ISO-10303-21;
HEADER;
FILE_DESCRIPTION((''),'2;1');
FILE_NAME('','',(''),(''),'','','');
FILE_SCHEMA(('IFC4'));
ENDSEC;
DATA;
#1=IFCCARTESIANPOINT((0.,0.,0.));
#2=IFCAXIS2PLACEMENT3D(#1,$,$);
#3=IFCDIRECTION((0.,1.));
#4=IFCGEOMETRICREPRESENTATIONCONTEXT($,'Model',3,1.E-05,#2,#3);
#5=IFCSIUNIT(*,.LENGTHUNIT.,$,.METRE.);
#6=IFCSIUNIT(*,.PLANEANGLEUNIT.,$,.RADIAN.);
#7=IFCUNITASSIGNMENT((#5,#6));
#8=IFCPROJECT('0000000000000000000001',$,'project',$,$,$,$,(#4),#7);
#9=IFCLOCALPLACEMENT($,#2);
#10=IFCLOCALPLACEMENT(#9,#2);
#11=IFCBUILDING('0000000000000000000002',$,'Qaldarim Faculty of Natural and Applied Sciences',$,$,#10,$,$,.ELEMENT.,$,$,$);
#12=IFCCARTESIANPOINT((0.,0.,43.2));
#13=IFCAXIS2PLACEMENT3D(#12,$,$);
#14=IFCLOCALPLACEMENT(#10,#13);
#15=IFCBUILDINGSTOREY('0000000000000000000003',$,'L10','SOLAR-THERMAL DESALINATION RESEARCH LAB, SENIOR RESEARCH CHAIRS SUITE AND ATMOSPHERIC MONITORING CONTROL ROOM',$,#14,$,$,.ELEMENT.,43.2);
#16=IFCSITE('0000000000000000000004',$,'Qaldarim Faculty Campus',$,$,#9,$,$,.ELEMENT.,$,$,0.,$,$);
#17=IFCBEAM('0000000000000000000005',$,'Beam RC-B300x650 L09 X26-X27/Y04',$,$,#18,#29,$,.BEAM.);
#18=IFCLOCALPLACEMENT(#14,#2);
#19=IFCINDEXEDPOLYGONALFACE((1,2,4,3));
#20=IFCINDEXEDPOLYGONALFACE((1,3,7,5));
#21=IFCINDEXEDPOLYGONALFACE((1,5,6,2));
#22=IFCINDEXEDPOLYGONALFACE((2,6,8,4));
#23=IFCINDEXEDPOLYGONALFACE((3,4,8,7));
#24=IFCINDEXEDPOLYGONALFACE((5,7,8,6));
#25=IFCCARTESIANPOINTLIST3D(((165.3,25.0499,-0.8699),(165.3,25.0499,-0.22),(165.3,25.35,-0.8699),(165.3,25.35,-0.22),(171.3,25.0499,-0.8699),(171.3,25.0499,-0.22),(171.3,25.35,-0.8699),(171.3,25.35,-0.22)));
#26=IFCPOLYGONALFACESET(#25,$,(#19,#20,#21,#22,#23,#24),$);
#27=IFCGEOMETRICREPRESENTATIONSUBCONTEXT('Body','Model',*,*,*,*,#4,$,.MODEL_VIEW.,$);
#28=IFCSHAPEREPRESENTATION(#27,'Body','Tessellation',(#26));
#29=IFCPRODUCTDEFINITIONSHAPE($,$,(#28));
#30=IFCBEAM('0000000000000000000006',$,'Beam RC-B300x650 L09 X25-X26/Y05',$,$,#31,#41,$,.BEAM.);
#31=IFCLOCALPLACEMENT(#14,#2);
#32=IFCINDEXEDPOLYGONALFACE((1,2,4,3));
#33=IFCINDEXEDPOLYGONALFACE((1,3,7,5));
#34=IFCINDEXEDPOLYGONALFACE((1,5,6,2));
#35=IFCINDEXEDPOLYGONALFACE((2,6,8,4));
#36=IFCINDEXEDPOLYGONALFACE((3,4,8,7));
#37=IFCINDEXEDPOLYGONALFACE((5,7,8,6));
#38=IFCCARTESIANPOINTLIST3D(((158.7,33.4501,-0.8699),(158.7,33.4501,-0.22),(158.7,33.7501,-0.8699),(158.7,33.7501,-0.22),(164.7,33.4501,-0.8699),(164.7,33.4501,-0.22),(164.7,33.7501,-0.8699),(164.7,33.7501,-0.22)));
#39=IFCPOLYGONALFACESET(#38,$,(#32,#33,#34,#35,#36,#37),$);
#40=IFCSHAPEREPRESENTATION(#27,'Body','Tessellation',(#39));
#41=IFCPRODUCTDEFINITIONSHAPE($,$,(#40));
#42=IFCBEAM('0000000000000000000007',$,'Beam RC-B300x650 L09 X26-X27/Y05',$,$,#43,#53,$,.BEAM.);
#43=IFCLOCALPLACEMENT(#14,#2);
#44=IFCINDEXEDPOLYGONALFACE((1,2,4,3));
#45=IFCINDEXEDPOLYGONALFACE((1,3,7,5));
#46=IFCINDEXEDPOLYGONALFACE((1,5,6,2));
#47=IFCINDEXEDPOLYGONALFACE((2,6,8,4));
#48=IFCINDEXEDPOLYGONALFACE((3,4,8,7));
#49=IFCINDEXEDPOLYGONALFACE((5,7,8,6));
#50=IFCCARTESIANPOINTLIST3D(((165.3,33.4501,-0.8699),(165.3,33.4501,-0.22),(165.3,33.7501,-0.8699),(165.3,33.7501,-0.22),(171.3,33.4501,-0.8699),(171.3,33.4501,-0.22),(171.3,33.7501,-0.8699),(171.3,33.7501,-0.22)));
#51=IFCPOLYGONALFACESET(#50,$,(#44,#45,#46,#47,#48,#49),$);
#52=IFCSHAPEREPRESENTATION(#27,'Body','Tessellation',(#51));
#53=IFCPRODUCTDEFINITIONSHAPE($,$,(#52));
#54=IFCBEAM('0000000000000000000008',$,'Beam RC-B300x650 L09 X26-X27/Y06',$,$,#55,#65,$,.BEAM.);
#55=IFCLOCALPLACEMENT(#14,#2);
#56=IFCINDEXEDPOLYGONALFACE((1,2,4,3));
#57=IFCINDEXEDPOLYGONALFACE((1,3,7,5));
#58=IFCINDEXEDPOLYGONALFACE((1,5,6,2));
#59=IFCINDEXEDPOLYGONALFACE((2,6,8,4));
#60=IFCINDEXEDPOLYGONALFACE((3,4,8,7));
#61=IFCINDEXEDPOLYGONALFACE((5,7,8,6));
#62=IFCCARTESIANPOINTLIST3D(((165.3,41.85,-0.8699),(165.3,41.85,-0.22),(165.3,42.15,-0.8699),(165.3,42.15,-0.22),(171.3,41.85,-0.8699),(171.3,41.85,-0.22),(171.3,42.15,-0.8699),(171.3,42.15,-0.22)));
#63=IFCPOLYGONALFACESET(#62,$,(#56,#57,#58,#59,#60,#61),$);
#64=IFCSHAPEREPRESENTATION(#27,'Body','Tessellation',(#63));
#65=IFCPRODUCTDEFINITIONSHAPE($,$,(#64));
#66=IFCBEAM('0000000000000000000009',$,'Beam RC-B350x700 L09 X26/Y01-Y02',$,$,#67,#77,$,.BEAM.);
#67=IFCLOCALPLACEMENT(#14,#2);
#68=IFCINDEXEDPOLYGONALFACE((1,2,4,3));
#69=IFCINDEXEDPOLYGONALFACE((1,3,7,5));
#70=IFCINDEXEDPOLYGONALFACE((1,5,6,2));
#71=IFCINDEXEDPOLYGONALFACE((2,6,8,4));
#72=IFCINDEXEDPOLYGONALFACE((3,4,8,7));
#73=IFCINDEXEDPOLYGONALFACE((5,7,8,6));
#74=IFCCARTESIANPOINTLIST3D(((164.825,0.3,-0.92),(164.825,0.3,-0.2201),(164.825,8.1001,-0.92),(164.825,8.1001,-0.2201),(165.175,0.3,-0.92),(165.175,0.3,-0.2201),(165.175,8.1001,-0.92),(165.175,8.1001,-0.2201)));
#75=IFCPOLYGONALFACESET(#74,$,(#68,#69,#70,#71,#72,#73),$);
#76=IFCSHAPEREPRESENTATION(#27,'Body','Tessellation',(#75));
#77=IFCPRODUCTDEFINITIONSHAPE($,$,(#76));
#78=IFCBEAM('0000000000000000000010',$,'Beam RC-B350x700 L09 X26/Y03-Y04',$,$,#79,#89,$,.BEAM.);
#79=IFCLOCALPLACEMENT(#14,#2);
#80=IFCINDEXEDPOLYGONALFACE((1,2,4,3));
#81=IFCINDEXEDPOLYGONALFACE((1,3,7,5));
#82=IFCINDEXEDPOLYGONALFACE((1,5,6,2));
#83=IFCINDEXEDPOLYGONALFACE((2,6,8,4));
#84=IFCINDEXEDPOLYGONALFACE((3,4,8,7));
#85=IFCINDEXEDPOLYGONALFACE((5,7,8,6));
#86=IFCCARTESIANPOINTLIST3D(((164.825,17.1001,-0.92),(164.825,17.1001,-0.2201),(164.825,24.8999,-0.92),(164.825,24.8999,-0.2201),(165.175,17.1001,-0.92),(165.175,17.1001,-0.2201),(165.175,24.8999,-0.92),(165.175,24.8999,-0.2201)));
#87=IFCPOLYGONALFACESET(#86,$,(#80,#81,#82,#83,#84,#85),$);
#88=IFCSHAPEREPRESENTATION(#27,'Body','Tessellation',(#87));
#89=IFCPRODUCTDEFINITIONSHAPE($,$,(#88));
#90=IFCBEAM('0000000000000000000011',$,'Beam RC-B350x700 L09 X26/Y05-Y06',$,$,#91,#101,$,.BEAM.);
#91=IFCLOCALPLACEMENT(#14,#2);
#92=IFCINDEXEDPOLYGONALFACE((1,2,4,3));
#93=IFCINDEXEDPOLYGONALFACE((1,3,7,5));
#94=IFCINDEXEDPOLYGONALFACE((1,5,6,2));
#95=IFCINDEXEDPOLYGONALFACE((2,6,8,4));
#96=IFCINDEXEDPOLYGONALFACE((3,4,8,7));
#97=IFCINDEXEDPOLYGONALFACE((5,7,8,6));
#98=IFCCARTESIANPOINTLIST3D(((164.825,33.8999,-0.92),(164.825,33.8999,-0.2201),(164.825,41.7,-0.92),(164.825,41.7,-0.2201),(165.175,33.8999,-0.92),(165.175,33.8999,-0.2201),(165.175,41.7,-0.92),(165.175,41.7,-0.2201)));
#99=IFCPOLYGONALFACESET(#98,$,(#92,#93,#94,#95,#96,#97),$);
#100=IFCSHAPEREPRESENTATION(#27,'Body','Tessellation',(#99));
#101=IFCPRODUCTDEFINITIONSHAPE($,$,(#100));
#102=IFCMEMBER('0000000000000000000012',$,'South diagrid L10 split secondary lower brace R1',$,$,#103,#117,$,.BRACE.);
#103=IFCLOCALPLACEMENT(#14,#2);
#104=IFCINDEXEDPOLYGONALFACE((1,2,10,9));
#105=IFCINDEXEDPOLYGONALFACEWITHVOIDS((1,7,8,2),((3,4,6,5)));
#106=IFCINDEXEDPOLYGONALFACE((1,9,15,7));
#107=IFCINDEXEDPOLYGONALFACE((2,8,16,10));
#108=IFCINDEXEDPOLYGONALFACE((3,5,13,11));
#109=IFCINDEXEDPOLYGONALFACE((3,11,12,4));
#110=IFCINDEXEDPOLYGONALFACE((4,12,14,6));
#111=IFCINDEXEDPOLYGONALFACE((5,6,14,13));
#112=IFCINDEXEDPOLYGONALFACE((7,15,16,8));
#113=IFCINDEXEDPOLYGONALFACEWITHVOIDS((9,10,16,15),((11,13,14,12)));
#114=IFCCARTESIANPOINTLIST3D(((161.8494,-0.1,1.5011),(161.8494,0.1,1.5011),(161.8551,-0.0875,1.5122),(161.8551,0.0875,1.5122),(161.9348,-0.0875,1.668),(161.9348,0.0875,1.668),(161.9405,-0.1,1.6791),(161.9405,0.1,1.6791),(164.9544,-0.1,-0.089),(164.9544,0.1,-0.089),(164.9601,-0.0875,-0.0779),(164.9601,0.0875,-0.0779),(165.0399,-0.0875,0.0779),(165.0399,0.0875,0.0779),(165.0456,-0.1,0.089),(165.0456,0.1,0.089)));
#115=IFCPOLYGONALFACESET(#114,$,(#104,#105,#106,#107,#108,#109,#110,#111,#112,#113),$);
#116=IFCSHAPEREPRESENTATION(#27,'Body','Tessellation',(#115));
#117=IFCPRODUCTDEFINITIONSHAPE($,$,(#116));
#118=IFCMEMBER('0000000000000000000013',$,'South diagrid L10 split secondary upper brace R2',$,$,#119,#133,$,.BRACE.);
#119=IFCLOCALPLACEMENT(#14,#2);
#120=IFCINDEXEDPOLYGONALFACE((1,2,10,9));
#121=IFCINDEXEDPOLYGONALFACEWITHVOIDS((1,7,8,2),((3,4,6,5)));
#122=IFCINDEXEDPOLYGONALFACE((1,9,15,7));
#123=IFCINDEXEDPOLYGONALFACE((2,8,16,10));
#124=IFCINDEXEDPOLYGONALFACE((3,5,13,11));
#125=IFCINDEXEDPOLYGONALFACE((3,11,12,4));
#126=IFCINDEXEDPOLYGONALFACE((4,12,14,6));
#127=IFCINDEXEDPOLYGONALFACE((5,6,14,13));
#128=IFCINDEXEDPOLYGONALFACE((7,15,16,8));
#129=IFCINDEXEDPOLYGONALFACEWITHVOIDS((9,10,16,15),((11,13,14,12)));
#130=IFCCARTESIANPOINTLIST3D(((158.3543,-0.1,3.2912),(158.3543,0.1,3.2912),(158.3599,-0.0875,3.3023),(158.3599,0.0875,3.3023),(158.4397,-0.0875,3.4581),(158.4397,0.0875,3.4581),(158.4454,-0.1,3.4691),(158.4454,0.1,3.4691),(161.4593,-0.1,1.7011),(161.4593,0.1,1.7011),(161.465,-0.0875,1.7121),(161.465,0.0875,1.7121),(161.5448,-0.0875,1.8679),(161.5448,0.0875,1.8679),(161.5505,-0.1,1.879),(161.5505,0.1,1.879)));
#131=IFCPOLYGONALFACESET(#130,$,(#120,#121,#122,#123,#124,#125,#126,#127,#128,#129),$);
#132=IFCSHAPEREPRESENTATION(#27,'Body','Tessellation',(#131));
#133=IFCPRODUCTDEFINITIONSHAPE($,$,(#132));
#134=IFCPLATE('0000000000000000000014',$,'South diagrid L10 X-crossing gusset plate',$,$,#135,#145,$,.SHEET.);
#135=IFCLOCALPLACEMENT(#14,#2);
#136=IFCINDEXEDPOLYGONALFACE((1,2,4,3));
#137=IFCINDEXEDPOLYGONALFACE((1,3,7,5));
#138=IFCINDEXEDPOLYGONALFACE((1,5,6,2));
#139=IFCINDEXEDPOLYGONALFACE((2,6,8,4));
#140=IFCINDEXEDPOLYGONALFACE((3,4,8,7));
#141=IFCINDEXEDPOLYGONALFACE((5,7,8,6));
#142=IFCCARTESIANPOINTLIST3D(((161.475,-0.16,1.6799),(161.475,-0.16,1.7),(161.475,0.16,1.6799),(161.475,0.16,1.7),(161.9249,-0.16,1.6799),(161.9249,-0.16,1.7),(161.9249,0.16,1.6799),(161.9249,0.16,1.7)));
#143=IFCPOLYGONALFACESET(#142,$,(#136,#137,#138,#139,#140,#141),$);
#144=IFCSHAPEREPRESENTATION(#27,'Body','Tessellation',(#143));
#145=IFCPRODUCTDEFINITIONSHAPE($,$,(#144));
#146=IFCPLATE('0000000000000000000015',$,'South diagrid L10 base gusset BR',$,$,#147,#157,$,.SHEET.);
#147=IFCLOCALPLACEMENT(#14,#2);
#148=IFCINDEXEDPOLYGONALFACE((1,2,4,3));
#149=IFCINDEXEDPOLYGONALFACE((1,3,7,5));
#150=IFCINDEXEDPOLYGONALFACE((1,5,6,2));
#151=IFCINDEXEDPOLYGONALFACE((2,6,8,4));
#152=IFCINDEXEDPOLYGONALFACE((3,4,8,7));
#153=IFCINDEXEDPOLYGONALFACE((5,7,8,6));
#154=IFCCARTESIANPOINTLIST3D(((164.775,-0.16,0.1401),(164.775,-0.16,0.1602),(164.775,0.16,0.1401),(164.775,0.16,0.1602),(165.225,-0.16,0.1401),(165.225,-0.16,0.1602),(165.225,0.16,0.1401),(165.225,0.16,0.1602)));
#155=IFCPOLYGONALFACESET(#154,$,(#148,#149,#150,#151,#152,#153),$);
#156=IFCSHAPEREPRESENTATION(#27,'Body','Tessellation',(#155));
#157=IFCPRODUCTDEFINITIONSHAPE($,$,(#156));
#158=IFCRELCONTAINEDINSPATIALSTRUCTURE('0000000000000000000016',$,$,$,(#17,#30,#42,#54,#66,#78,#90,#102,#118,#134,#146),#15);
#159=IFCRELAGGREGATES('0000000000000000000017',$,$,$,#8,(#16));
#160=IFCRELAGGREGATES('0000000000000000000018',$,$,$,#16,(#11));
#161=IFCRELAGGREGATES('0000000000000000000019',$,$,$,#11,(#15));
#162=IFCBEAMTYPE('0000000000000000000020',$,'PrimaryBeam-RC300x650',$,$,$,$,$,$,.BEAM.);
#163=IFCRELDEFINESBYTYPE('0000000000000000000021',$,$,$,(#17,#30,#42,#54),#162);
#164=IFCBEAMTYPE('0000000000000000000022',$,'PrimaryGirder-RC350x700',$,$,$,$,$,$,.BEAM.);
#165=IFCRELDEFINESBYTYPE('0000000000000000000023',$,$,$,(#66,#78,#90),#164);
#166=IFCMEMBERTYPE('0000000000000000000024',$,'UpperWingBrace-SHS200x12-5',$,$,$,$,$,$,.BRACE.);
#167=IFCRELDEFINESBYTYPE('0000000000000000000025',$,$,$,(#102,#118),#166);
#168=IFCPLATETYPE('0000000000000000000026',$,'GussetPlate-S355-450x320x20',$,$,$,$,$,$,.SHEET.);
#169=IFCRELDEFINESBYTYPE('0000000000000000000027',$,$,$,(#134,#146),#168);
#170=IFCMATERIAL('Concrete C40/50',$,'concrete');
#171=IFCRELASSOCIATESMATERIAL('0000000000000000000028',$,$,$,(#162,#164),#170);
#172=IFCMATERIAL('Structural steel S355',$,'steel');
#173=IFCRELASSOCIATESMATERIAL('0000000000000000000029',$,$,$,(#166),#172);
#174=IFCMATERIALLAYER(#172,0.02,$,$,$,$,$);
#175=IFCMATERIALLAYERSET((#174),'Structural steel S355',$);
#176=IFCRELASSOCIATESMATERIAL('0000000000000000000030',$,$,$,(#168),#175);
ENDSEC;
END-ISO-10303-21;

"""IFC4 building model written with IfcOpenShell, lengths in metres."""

from ifc_helpers import new_model, si_unit, direction, frame, origin, origin_2d, place, context, subcontext, project, spatial, rectangle, hollow_rectangle, extrude, material, layer, layer_set, material_profile, profile_set, type_object, element, save


model = new_model("IFC4")

# Units and contexts
model_context = context("Model", 3, precision=1e-05, world=origin(), true_north=direction((0.0, 1.0)))
body_context = subcontext(model_context, "Body", "Model", "MODEL_VIEW")
ifc_project = project(units=[si_unit("LENGTHUNIT", "METRE"), si_unit("PLANEANGLEUNIT", "RADIAN")], contexts=[model_context])

# Site, building, storey
site_placement = place(None, origin())
site = spatial("IfcSite", under=ifc_project, at=site_placement, Name="Qaldarim Faculty Campus", CompositionType="ELEMENT", RefElevation=0.0)
building_placement = place(site_placement, origin())
building = spatial("IfcBuilding", under=site, at=building_placement, Name="Qaldarim Faculty of Natural and Applied Sciences", CompositionType="ELEMENT")
storey_placement = place(building_placement, frame((0.0, 0.0, 43.2)))
storey = spatial("IfcBuildingStorey", under=building, at=storey_placement, Name="L10", Description="SOLAR-THERMAL DESALINATION RESEARCH LAB, SENIOR RESEARCH CHAIRS SUITE AND ATMOSPHERIC MONITORING CONTROL ROOM", CompositionType="ELEMENT", Elevation=43.2)

# Shared definitions
ifc_material_1 = material(Name="Concrete C40/50", Category="concrete")

# Beams
ifc_material_profile_1 = material_profile(ifc_material_1, rectangle(XDim=0.3, YDim=0.6499, at=origin_2d()), Name="RC-B300x650")
ifc_profile_set_1 = profile_set([ifc_material_profile_1], Name="Concrete C40/50")
beam_type_1 = type_object("IfcBeamType", Name="PrimaryBeam-RC300x650", PredefinedType="BEAM", material=ifc_profile_set_1)
for number, where, z_axis, x_axis, name in (
    (1, (165.3, 25.2, -0.5449), (1.0, 0.0, 0.0), (0.0, 1.0, 0.0), "Beam RC-B300x650 L09 X26-X27/Y04"),
    (2, (158.7, 33.6001, -0.5449), (1.0, 0.0, 0.0), (0.0, 1.0, 0.0), "Beam RC-B300x650 L09 X25-X26/Y05"),
    (3, (165.3, 33.6001, -0.5449), (1.0, 0.0, 0.0), (0.0, 1.0, 0.0), "Beam RC-B300x650 L09 X26-X27/Y05"),
    (4, (165.3, 42.0, -0.5449), (1.0, 0.0, 0.0), (0.0, 1.0, 0.0), "Beam RC-B300x650 L09 X26-X27/Y06"),
):
    element("IfcBeam", number, at=place(storey_placement, frame(where, z_axis=z_axis, x_axis=x_axis)), inside=storey, type_object=beam_type_1, Name=name, PredefinedType="BEAM", context=body_context, shape_type="SweptSolid", body=[
        extrude(rectangle(XDim=0.3, YDim=0.6499, at=origin_2d()), origin(), (0.0, 0.0, 1.0), 6.0),
    ])
ifc_material_profile_2 = material_profile(ifc_material_1, rectangle(XDim=0.3501, YDim=0.7, at=origin_2d()), Name="RC-B350x700")
ifc_profile_set_2 = profile_set([ifc_material_profile_2], Name="Concrete C40/50")
beam_type_2 = type_object("IfcBeamType", Name="PrimaryGirder-RC350x700", PredefinedType="BEAM", material=ifc_profile_set_2)
beam_1_placement = place(storey_placement, frame((165.0, 0.3, -0.5701), z_axis=(0.0, 1.0, 0.0), x_axis=(-1.0, 0.0, 0.0)))
element("IfcBeam", 5, at=beam_1_placement, inside=storey, type_object=beam_type_2, Name="Beam RC-B350x700 L09 X26/Y01-Y02", PredefinedType="BEAM", context=body_context, shape_type="SweptSolid", body=[
    extrude(rectangle(XDim=0.3501, YDim=0.7, at=origin_2d()), origin(), (0.0, 0.0, 1.0), 7.8),
])
beam_2_placement = place(storey_placement, frame((165.0, 17.1001, -0.5701), z_axis=(0.0, 1.0, 0.0), x_axis=(-1.0, 0.0, 0.0)))
element("IfcBeam", 6, at=beam_2_placement, inside=storey, type_object=beam_type_2, Name="Beam RC-B350x700 L09 X26/Y03-Y04", PredefinedType="BEAM", context=body_context, shape_type="SweptSolid", body=[
    extrude(rectangle(XDim=0.3501, YDim=0.7, at=origin_2d()), origin(), (0.0, 0.0, 1.0), 7.7998),
])
beam_3_placement = place(storey_placement, frame((165.0, 33.8999, -0.5701), z_axis=(0.0, 1.0, 0.0), x_axis=(-1.0, 0.0, 0.0)))
element("IfcBeam", 7, at=beam_3_placement, inside=storey, type_object=beam_type_2, Name="Beam RC-B350x700 L09 X26/Y05-Y06", PredefinedType="BEAM", context=body_context, shape_type="SweptSolid", body=[
    extrude(rectangle(XDim=0.3501, YDim=0.7, at=origin_2d()), origin(), (0.0, 0.0, 1.0), 7.8),
])

# Members
ifc_material_2 = material(Name="Structural steel S355", Category="steel")
ifc_material_profile_3 = material_profile(ifc_material_2, hollow_rectangle(XDim=0.2, YDim=0.2, WallThickness=0.0125, at=origin_2d()), Name="SHS 200x200x12.5")
ifc_profile_set_3 = profile_set([ifc_material_profile_3], Name="Structural steel S355")
member_type_1 = type_object("IfcMemberType", Name="UpperWingBrace-SHS200x12-5", PredefinedType="BRACE", material=ifc_profile_set_3)
for number, where, z_axis, x_axis, name in (
    (8, (165.0, 0.0, 0.0), (-0.890075, 0.0, 0.455815), (0.0, -1.0, 0.0), "South diagrid L10 split secondary lower brace R1"),
    (9, (161.5049, 0.0, 1.79), (-0.890075, 0.0, 0.455815), (0.0, -1.0, 0.0), "South diagrid L10 split secondary upper brace R2"),
):
    element("IfcMember", number, at=place(storey_placement, frame(where, z_axis=z_axis, x_axis=x_axis)), inside=storey, type_object=member_type_1, Name=name, PredefinedType="BRACE", context=body_context, shape_type="SweptSolid", body=[
        extrude(hollow_rectangle(XDim=0.2, YDim=0.2, WallThickness=0.0125, at=origin_2d()), origin(), (0.0, 0.0, 1.0), 3.4885),
    ])

# Plates
ifc_layer_1 = layer(ifc_material_2, 0.02)
ifc_layer_set_1 = layer_set([ifc_layer_1], Name="Structural steel S355")
plate_type = type_object("IfcPlateType", Name="GussetPlate-S355-450x320x20", PredefinedType="SHEET", material=ifc_layer_set_1)
for number, where, z_axis, x_axis, name in (
    (10, (161.7, 0.0, 1.6799), (0.0, 0.0, 1.0), (1.0, 0.0, 0.0), "South diagrid L10 X-crossing gusset plate"),
    (11, (165.0, 0.0, 0.1401), (0.0, 0.0, 1.0), (1.0, 0.0, 0.0), "South diagrid L10 base gusset BR"),
):
    element("IfcPlate", number, at=place(storey_placement, frame(where, z_axis=z_axis, x_axis=x_axis)), inside=storey, type_object=plate_type, Name=name, PredefinedType="SHEET", context=body_context, shape_type="SweptSolid", body=[
        extrude(rectangle(XDim=0.45, YDim=0.3201, at=origin_2d()), origin(), (0.0, 0.0, 1.0), 0.02),
    ])

save(model, "model.ifc")
